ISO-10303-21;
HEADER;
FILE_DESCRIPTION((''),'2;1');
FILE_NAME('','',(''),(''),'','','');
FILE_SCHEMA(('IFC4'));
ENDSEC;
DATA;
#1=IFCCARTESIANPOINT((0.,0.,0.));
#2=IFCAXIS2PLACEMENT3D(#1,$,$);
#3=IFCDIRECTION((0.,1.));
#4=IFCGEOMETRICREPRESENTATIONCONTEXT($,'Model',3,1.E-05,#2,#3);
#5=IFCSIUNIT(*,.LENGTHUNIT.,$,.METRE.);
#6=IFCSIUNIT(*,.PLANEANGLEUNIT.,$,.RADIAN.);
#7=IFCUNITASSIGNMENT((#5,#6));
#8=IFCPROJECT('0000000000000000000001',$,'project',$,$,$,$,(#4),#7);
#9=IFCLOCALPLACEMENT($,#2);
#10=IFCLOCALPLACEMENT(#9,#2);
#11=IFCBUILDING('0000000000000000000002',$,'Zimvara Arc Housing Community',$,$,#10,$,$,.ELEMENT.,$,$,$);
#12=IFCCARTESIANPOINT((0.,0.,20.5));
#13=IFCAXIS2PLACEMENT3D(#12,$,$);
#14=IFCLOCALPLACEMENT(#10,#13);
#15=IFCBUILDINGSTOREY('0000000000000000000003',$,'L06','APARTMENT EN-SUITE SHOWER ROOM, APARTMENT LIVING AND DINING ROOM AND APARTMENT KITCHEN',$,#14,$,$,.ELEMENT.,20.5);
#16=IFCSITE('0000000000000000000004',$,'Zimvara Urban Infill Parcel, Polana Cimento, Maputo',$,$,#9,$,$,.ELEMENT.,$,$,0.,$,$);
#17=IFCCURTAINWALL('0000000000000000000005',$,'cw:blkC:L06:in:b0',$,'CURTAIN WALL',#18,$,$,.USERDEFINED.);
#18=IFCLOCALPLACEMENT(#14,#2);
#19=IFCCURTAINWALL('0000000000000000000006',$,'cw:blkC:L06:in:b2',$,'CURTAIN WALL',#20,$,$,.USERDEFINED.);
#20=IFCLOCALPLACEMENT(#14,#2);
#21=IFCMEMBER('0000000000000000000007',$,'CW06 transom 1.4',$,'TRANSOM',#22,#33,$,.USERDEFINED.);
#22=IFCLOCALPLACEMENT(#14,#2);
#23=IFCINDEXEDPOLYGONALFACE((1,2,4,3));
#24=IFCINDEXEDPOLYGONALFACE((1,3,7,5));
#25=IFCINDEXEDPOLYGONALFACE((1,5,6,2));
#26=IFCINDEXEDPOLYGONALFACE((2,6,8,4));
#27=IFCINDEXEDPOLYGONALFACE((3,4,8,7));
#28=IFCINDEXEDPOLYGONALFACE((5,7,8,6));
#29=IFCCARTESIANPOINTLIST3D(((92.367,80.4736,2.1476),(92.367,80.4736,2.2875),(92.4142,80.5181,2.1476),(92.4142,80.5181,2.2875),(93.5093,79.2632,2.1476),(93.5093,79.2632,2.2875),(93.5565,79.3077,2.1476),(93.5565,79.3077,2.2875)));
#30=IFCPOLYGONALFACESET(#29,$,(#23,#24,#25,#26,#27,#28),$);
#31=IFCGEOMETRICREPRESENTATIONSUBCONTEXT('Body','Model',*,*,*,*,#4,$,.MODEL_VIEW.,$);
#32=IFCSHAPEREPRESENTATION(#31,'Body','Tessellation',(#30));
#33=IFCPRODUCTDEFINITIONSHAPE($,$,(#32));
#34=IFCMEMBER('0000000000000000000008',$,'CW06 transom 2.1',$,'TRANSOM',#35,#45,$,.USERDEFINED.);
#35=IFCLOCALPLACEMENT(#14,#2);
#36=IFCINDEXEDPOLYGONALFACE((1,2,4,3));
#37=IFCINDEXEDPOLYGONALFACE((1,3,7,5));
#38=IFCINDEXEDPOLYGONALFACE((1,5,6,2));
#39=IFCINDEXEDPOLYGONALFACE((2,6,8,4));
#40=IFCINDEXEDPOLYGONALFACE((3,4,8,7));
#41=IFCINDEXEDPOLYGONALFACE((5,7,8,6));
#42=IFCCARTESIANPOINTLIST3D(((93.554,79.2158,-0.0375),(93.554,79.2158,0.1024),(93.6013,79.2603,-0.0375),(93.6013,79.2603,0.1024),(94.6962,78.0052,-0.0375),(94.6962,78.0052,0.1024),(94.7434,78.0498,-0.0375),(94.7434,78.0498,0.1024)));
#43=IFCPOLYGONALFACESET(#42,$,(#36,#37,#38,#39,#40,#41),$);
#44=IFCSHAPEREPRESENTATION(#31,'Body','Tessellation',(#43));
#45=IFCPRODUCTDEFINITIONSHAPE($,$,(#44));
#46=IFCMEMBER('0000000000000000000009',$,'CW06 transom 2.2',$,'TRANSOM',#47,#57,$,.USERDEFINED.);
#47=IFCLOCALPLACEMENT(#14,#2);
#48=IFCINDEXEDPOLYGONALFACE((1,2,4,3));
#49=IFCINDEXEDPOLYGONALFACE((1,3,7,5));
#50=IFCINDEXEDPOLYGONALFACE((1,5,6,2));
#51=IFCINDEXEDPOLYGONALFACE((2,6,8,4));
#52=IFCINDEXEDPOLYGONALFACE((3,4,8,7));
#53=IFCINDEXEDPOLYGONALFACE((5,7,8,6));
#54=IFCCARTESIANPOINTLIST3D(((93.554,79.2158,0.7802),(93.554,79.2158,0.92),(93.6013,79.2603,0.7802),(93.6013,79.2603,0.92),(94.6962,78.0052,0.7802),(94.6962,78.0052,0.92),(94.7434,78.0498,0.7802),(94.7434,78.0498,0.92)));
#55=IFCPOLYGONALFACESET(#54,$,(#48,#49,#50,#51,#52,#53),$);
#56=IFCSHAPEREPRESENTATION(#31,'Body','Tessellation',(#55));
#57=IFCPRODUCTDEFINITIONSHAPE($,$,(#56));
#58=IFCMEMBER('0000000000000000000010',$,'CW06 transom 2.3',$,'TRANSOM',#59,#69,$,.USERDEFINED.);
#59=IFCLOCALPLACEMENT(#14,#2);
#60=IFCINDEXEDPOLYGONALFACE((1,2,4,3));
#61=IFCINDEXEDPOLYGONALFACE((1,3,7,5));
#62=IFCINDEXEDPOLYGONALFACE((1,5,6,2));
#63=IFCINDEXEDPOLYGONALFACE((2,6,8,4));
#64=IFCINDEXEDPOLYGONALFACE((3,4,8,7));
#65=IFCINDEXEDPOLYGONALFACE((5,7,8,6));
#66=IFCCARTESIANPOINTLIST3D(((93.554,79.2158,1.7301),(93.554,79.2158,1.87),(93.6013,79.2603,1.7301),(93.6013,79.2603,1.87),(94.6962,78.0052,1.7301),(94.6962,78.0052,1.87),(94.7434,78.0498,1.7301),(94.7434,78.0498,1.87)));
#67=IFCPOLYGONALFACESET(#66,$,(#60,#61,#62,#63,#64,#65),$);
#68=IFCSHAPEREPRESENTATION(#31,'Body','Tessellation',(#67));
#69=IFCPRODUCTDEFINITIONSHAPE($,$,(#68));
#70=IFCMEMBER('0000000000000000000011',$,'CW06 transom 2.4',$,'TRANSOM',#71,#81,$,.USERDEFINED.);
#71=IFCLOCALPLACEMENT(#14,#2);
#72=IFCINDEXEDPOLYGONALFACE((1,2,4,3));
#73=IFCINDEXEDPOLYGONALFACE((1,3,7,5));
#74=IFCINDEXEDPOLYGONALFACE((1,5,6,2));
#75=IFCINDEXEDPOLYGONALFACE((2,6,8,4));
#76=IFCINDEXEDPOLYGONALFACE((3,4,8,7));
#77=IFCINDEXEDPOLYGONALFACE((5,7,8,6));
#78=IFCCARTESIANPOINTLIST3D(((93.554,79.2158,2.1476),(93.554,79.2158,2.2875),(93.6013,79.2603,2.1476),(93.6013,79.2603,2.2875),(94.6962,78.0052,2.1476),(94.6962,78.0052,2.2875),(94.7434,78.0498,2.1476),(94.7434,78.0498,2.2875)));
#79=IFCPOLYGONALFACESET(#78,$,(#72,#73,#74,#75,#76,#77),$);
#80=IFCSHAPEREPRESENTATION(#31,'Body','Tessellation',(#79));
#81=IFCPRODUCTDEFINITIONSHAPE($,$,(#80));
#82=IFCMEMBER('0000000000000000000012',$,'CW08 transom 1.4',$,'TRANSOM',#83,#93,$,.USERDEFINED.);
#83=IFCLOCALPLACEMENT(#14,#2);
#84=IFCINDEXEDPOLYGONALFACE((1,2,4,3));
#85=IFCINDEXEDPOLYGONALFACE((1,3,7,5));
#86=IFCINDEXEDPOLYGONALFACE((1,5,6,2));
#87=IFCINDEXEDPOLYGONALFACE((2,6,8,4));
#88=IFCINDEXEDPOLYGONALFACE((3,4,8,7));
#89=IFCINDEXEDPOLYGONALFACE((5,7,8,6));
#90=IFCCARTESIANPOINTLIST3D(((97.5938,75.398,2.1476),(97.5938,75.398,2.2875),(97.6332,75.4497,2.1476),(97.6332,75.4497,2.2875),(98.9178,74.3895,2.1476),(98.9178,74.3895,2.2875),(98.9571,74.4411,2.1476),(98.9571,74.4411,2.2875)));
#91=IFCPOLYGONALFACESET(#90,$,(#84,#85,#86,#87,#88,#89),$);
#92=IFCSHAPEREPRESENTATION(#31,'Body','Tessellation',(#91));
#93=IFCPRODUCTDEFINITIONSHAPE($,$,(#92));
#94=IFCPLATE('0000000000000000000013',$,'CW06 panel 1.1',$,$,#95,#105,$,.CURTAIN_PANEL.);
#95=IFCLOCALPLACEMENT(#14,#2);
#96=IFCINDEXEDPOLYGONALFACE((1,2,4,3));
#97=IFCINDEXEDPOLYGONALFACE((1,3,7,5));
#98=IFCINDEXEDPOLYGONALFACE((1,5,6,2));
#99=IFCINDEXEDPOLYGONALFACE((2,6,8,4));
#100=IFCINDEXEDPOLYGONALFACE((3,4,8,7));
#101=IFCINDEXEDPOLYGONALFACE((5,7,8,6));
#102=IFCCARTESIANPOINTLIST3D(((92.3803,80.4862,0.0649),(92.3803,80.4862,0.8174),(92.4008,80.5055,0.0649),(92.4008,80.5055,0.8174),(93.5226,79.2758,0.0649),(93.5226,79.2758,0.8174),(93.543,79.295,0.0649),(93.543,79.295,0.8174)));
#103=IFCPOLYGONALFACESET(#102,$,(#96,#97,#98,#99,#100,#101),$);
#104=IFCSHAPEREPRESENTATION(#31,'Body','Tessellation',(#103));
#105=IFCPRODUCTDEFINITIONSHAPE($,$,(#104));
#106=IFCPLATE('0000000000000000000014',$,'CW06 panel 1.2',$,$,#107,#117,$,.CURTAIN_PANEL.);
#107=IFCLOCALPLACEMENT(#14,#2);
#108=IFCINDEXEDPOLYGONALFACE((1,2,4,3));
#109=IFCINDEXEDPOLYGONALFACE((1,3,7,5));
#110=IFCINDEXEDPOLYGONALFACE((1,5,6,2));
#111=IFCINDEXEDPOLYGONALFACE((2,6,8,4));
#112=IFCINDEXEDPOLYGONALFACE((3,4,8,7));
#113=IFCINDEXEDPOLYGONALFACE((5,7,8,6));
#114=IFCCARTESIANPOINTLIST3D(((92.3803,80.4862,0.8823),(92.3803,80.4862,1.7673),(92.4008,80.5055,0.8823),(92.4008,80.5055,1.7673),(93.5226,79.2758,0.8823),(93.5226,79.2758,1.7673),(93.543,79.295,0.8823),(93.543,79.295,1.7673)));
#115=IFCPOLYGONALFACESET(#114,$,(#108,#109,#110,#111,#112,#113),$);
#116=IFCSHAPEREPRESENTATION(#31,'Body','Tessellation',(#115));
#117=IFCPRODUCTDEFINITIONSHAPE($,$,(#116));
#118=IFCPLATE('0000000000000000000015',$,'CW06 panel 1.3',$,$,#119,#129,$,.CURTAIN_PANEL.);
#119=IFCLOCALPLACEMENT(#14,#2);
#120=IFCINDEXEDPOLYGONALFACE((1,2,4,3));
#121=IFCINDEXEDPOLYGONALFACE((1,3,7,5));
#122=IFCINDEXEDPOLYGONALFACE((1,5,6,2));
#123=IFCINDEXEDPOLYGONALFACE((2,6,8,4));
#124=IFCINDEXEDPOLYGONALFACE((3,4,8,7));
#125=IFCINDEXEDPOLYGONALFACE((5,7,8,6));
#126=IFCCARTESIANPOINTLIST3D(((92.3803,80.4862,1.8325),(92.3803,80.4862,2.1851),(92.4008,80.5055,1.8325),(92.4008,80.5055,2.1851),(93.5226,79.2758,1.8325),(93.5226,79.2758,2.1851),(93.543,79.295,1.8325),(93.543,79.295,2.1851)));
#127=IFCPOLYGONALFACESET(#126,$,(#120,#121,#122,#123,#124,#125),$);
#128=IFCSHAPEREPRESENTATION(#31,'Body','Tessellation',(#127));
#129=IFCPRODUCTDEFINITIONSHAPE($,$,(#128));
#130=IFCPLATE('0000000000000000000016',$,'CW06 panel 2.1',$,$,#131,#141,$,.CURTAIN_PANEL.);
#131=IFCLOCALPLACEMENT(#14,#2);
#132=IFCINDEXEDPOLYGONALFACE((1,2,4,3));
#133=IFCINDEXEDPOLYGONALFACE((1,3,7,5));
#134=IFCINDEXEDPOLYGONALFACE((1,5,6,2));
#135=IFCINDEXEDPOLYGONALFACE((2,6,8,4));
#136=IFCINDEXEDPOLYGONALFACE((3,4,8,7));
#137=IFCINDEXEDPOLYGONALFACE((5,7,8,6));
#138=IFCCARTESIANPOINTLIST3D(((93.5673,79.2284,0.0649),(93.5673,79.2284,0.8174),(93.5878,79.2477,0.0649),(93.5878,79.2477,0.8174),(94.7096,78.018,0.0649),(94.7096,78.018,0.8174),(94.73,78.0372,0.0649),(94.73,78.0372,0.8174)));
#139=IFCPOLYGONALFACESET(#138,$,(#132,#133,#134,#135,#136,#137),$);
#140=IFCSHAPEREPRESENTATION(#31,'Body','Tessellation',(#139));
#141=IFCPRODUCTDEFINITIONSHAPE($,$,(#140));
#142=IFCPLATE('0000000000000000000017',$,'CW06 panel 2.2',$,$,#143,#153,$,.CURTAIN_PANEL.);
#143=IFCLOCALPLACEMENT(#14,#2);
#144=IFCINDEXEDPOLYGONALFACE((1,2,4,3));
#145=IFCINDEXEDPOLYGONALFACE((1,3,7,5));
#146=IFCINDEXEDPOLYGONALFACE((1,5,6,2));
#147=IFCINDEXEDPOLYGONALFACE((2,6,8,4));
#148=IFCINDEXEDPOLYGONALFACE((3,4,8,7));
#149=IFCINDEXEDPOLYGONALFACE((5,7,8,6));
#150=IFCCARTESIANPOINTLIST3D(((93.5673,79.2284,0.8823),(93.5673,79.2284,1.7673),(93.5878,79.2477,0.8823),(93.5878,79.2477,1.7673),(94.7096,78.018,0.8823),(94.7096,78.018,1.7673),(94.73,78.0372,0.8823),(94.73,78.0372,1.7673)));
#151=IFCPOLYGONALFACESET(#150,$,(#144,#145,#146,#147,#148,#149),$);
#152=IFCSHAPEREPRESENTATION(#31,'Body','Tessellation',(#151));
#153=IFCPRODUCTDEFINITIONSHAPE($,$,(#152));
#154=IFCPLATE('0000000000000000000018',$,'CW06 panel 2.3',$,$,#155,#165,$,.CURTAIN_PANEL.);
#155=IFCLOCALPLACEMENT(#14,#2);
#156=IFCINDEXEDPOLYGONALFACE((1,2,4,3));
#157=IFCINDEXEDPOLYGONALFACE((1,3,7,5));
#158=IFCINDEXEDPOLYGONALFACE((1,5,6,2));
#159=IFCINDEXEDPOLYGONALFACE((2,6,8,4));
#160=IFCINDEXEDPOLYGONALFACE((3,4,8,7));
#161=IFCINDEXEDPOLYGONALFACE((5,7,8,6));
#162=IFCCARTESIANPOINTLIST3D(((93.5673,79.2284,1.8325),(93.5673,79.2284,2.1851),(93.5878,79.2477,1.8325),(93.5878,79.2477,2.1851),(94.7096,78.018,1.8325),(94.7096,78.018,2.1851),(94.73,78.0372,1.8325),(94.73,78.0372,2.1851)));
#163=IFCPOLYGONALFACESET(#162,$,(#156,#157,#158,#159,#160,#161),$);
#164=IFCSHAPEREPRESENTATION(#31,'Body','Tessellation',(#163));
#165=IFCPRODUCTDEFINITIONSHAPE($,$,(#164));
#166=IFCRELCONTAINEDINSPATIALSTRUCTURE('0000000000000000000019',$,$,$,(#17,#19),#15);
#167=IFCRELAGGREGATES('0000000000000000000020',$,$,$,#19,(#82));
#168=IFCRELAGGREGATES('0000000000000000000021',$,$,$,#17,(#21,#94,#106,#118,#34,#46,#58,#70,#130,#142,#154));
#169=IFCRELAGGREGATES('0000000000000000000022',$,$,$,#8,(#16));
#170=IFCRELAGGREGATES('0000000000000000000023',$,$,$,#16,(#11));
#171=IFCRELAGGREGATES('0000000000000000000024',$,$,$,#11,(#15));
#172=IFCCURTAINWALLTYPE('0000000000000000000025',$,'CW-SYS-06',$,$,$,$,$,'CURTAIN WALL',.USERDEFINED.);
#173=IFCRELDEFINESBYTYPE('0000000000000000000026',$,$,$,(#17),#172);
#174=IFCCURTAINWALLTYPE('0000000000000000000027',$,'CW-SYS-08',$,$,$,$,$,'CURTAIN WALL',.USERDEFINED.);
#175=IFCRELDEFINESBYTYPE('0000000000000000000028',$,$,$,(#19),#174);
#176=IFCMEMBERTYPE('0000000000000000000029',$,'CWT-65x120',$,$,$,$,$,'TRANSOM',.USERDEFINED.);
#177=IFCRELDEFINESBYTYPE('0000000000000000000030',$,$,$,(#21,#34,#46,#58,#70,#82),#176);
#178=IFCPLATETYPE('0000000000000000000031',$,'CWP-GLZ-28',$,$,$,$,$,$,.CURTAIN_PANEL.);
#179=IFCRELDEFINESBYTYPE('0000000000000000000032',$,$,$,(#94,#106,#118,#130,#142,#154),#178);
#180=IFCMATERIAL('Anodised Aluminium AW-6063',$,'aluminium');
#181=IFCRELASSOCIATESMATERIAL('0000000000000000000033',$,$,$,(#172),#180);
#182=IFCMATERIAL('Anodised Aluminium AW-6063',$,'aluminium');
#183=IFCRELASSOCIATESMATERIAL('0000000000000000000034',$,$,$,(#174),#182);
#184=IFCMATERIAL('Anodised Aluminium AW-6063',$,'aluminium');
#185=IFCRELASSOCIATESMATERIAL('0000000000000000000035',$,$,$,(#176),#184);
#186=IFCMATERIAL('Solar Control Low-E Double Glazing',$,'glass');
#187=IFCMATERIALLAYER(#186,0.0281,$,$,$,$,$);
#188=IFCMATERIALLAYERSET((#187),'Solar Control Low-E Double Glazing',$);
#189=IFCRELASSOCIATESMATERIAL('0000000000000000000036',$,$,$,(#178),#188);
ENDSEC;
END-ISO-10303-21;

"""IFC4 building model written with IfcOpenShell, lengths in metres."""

from ifc_helpers import new_model, si_unit, direction, frame, origin, origin_2d, place, context, subcontext, project, spatial, rectangle, extrude, material, layer, layer_set, material_profile, profile_set, type_object, element, aggregate, save


model = new_model("IFC4")

# Units and contexts
model_context = context("Model", 3, precision=1e-05, world=origin(), true_north=direction((0.0, 1.0)))
body_context = subcontext(model_context, "Body", "Model", "MODEL_VIEW")
ifc_project = project(units=[si_unit("LENGTHUNIT", "METRE"), si_unit("PLANEANGLEUNIT", "RADIAN")], contexts=[model_context])

# Site, building, storey
site_placement = place(None, origin())
site = spatial("IfcSite", under=ifc_project, at=site_placement, Name="Zimvara Urban Infill Parcel, Polana Cimento, Maputo", CompositionType="ELEMENT", RefElevation=0.0)
building_placement = place(site_placement, origin())
building = spatial("IfcBuilding", under=site, at=building_placement, Name="Zimvara Arc Housing Community", CompositionType="ELEMENT")
storey_placement = place(building_placement, frame((0.0, 0.0, 20.5)))
storey = spatial("IfcBuildingStorey", under=building, at=storey_placement, Name="L06", Description="APARTMENT EN-SUITE SHOWER ROOM, APARTMENT LIVING AND DINING ROOM AND APARTMENT KITCHEN", CompositionType="ELEMENT", Elevation=20.5)

# Curtain wall
ifc_material_1 = material(Name="Anodised Aluminium AW-6063", Category="aluminium")
curtain_wall_type_1 = type_object("IfcCurtainWallType", Name="CW-SYS-06", ElementType="CURTAIN WALL", PredefinedType="USERDEFINED", material=ifc_material_1)
curtain_wall_1_placement = place(storey_placement, origin())
curtain_wall_1 = element("IfcCurtainWall", 1, at=curtain_wall_1_placement, inside=storey, type_object=curtain_wall_type_1, Name="cw:blkC:L06:in:b0", ObjectType="CURTAIN WALL", PredefinedType="USERDEFINED")

# Curtain wall
ifc_material_2 = material(Name="Anodised Aluminium AW-6063", Category="aluminium")
curtain_wall_type_2 = type_object("IfcCurtainWallType", Name="CW-SYS-08", ElementType="CURTAIN WALL", PredefinedType="USERDEFINED", material=ifc_material_2)
curtain_wall_2_placement = place(storey_placement, origin())
curtain_wall_2 = element("IfcCurtainWall", 2, at=curtain_wall_2_placement, inside=storey, type_object=curtain_wall_type_2, Name="cw:blkC:L06:in:b2", ObjectType="CURTAIN WALL", PredefinedType="USERDEFINED")

# Members
ifc_material_3 = material(Name="Anodised Aluminium AW-6063", Category="aluminium")
ifc_material_profile_1 = material_profile(ifc_material_3, rectangle(XDim=0.0649, YDim=0.1399, at=origin_2d()), Name="ALU 65x140")
ifc_profile_set_1 = profile_set([ifc_material_profile_1], Name="Anodised Aluminium AW-6063")
member_type_1 = type_object("IfcMemberType", Name="CWT-65x120", ElementType="TRANSOM", PredefinedType="USERDEFINED", material=ifc_profile_set_1)
member_1_placement = place(storey_placement, frame((92.3906, 80.4958, 2.2175), z_axis=(0.686348, -0.727273, 0.0), x_axis=(0.727273, 0.686348, 0.0)))
member_1 = element("IfcMember", 3, at=member_1_placement, type_object=member_type_1, Name="CW06 transom 1.4", ObjectType="TRANSOM", PredefinedType="USERDEFINED", context=body_context, shape_type="SweptSolid", body=[
    extrude(rectangle(XDim=0.0649, YDim=0.1399, at=origin_2d()), origin(), (0.0, 0.0, 1.0), 1.6643),
])
member_2_placement = place(storey_placement, frame((93.5776, 79.238, 0.0325), z_axis=(0.68627, -0.727347, 0.0), x_axis=(0.727347, 0.68627, 0.0)))
member_2 = element("IfcMember", 4, at=member_2_placement, type_object=member_type_1, Name="CW06 transom 2.1", ObjectType="TRANSOM", PredefinedType="USERDEFINED", context=body_context, shape_type="SweptSolid", body=[
    extrude(rectangle(XDim=0.0649, YDim=0.1399, at=origin_2d()), origin(), (0.0, 0.0, 1.0), 1.6643),
])
member_3_placement = place(storey_placement, frame((93.5776, 79.238, 0.8501), z_axis=(0.68627, -0.727347, 0.0), x_axis=(0.727347, 0.68627, 0.0)))
member_3 = element("IfcMember", 5, at=member_3_placement, type_object=member_type_1, Name="CW06 transom 2.2", ObjectType="TRANSOM", PredefinedType="USERDEFINED", context=body_context, shape_type="SweptSolid", body=[
    extrude(rectangle(XDim=0.0649, YDim=0.1399, at=origin_2d()), origin(), (0.0, 0.0, 1.0), 1.6643),
])
member_4_placement = place(storey_placement, frame((93.5776, 79.238, 1.8), z_axis=(0.68627, -0.727347, 0.0), x_axis=(0.727347, 0.68627, 0.0)))
member_4 = element("IfcMember", 6, at=member_4_placement, type_object=member_type_1, Name="CW06 transom 2.3", ObjectType="TRANSOM", PredefinedType="USERDEFINED", context=body_context, shape_type="SweptSolid", body=[
    extrude(rectangle(XDim=0.0649, YDim=0.1399, at=origin_2d()), origin(), (0.0, 0.0, 1.0), 1.6643),
])
member_5_placement = place(storey_placement, frame((93.5776, 79.238, 2.2175), z_axis=(0.68627, -0.727347, 0.0), x_axis=(0.727347, 0.68627, 0.0)))
member_5 = element("IfcMember", 7, at=member_5_placement, type_object=member_type_1, Name="CW06 transom 2.4", ObjectType="TRANSOM", PredefinedType="USERDEFINED", context=body_context, shape_type="SweptSolid", body=[
    extrude(rectangle(XDim=0.0649, YDim=0.1399, at=origin_2d()), origin(), (0.0, 0.0, 1.0), 1.6643),
])
member_6_placement = place(storey_placement, frame((97.6135, 75.4238, 2.2175), z_axis=(0.795489, -0.605968, 0.0), x_axis=(0.605968, 0.795489, 0.0)))
member_6 = element("IfcMember", 8, at=member_6_placement, type_object=member_type_1, Name="CW08 transom 1.4", ObjectType="TRANSOM", PredefinedType="USERDEFINED", context=body_context, shape_type="SweptSolid", body=[
    extrude(rectangle(XDim=0.0649, YDim=0.1399, at=origin_2d()), origin(), (0.0, 0.0, 1.0), 1.6643),
])
aggregate(curtain_wall_2, [member_6])

# Plates
ifc_material_4 = material(Name="Solar Control Low-E Double Glazing", Category="glass")
ifc_layer_1 = layer(ifc_material_4, 0.0281)
ifc_layer_set_1 = layer_set([ifc_layer_1], Name="Solar Control Low-E Double Glazing")
plate_type = type_object("IfcPlateType", Name="CWP-GLZ-28", PredefinedType="CURTAIN_PANEL", material=ifc_layer_set_1)
plate_1_placement = place(storey_placement, frame((92.9617, 79.8906, 0.0649), z_axis=(0.0, 0.0, 1.0), x_axis=(0.686327, -0.727293, 0.0)))
plate_1 = element("IfcPlate", 9, at=plate_1_placement, type_object=plate_type, Name="CW06 panel 1.1", PredefinedType="CURTAIN_PANEL", context=body_context, shape_type="SweptSolid", body=[
    extrude(rectangle(XDim=1.6643, YDim=0.0281, at=origin_2d()), origin(), (0.0, 0.0, 1.0), 0.7524),
])
plate_2_placement = place(storey_placement, frame((92.9617, 79.8906, 0.8823), z_axis=(0.0, 0.0, 1.0), x_axis=(0.686327, -0.727293, 0.0)))
plate_2 = element("IfcPlate", 10, at=plate_2_placement, type_object=plate_type, Name="CW06 panel 1.2", PredefinedType="CURTAIN_PANEL", context=body_context, shape_type="SweptSolid", body=[
    extrude(rectangle(XDim=1.6643, YDim=0.0281, at=origin_2d()), origin(), (0.0, 0.0, 1.0), 0.885),
])
plate_3_placement = place(storey_placement, frame((92.9617, 79.8906, 1.8325), z_axis=(0.0, 0.0, 1.0), x_axis=(0.686327, -0.727293, 0.0)))
plate_3 = element("IfcPlate", 11, at=plate_3_placement, type_object=plate_type, Name="CW06 panel 1.3", PredefinedType="CURTAIN_PANEL", context=body_context, shape_type="SweptSolid", body=[
    extrude(rectangle(XDim=1.6643, YDim=0.0281, at=origin_2d()), origin(), (0.0, 0.0, 1.0), 0.3525),
])
plate_4_placement = place(storey_placement, frame((94.1487, 78.6328, 0.0649), z_axis=(0.0, 0.0, 1.0), x_axis=(0.686327, -0.727293, 0.0)))
plate_4 = element("IfcPlate", 12, at=plate_4_placement, type_object=plate_type, Name="CW06 panel 2.1", PredefinedType="CURTAIN_PANEL", context=body_context, shape_type="SweptSolid", body=[
    extrude(rectangle(XDim=1.6643, YDim=0.0281, at=origin_2d()), origin(), (0.0, 0.0, 1.0), 0.7524),
])
plate_5_placement = place(storey_placement, frame((94.1487, 78.6328, 0.8823), z_axis=(0.0, 0.0, 1.0), x_axis=(0.686327, -0.727293, 0.0)))
plate_5 = element("IfcPlate", 13, at=plate_5_placement, type_object=plate_type, Name="CW06 panel 2.2", PredefinedType="CURTAIN_PANEL", context=body_context, shape_type="SweptSolid", body=[
    extrude(rectangle(XDim=1.6643, YDim=0.0281, at=origin_2d()), origin(), (0.0, 0.0, 1.0), 0.885),
])
plate_6_placement = place(storey_placement, frame((94.1487, 78.6328, 1.8325), z_axis=(0.0, 0.0, 1.0), x_axis=(0.686327, -0.727293, 0.0)))
plate_6 = element("IfcPlate", 14, at=plate_6_placement, type_object=plate_type, Name="CW06 panel 2.3", PredefinedType="CURTAIN_PANEL", context=body_context, shape_type="SweptSolid", body=[
    extrude(rectangle(XDim=1.6643, YDim=0.0281, at=origin_2d()), origin(), (0.0, 0.0, 1.0), 0.3525),
])
aggregate(curtain_wall_1, [member_1, plate_1, plate_2, plate_3, member_2, member_3, member_4, member_5, plate_4, plate_5, plate_6])

save(model, "model.ifc")
